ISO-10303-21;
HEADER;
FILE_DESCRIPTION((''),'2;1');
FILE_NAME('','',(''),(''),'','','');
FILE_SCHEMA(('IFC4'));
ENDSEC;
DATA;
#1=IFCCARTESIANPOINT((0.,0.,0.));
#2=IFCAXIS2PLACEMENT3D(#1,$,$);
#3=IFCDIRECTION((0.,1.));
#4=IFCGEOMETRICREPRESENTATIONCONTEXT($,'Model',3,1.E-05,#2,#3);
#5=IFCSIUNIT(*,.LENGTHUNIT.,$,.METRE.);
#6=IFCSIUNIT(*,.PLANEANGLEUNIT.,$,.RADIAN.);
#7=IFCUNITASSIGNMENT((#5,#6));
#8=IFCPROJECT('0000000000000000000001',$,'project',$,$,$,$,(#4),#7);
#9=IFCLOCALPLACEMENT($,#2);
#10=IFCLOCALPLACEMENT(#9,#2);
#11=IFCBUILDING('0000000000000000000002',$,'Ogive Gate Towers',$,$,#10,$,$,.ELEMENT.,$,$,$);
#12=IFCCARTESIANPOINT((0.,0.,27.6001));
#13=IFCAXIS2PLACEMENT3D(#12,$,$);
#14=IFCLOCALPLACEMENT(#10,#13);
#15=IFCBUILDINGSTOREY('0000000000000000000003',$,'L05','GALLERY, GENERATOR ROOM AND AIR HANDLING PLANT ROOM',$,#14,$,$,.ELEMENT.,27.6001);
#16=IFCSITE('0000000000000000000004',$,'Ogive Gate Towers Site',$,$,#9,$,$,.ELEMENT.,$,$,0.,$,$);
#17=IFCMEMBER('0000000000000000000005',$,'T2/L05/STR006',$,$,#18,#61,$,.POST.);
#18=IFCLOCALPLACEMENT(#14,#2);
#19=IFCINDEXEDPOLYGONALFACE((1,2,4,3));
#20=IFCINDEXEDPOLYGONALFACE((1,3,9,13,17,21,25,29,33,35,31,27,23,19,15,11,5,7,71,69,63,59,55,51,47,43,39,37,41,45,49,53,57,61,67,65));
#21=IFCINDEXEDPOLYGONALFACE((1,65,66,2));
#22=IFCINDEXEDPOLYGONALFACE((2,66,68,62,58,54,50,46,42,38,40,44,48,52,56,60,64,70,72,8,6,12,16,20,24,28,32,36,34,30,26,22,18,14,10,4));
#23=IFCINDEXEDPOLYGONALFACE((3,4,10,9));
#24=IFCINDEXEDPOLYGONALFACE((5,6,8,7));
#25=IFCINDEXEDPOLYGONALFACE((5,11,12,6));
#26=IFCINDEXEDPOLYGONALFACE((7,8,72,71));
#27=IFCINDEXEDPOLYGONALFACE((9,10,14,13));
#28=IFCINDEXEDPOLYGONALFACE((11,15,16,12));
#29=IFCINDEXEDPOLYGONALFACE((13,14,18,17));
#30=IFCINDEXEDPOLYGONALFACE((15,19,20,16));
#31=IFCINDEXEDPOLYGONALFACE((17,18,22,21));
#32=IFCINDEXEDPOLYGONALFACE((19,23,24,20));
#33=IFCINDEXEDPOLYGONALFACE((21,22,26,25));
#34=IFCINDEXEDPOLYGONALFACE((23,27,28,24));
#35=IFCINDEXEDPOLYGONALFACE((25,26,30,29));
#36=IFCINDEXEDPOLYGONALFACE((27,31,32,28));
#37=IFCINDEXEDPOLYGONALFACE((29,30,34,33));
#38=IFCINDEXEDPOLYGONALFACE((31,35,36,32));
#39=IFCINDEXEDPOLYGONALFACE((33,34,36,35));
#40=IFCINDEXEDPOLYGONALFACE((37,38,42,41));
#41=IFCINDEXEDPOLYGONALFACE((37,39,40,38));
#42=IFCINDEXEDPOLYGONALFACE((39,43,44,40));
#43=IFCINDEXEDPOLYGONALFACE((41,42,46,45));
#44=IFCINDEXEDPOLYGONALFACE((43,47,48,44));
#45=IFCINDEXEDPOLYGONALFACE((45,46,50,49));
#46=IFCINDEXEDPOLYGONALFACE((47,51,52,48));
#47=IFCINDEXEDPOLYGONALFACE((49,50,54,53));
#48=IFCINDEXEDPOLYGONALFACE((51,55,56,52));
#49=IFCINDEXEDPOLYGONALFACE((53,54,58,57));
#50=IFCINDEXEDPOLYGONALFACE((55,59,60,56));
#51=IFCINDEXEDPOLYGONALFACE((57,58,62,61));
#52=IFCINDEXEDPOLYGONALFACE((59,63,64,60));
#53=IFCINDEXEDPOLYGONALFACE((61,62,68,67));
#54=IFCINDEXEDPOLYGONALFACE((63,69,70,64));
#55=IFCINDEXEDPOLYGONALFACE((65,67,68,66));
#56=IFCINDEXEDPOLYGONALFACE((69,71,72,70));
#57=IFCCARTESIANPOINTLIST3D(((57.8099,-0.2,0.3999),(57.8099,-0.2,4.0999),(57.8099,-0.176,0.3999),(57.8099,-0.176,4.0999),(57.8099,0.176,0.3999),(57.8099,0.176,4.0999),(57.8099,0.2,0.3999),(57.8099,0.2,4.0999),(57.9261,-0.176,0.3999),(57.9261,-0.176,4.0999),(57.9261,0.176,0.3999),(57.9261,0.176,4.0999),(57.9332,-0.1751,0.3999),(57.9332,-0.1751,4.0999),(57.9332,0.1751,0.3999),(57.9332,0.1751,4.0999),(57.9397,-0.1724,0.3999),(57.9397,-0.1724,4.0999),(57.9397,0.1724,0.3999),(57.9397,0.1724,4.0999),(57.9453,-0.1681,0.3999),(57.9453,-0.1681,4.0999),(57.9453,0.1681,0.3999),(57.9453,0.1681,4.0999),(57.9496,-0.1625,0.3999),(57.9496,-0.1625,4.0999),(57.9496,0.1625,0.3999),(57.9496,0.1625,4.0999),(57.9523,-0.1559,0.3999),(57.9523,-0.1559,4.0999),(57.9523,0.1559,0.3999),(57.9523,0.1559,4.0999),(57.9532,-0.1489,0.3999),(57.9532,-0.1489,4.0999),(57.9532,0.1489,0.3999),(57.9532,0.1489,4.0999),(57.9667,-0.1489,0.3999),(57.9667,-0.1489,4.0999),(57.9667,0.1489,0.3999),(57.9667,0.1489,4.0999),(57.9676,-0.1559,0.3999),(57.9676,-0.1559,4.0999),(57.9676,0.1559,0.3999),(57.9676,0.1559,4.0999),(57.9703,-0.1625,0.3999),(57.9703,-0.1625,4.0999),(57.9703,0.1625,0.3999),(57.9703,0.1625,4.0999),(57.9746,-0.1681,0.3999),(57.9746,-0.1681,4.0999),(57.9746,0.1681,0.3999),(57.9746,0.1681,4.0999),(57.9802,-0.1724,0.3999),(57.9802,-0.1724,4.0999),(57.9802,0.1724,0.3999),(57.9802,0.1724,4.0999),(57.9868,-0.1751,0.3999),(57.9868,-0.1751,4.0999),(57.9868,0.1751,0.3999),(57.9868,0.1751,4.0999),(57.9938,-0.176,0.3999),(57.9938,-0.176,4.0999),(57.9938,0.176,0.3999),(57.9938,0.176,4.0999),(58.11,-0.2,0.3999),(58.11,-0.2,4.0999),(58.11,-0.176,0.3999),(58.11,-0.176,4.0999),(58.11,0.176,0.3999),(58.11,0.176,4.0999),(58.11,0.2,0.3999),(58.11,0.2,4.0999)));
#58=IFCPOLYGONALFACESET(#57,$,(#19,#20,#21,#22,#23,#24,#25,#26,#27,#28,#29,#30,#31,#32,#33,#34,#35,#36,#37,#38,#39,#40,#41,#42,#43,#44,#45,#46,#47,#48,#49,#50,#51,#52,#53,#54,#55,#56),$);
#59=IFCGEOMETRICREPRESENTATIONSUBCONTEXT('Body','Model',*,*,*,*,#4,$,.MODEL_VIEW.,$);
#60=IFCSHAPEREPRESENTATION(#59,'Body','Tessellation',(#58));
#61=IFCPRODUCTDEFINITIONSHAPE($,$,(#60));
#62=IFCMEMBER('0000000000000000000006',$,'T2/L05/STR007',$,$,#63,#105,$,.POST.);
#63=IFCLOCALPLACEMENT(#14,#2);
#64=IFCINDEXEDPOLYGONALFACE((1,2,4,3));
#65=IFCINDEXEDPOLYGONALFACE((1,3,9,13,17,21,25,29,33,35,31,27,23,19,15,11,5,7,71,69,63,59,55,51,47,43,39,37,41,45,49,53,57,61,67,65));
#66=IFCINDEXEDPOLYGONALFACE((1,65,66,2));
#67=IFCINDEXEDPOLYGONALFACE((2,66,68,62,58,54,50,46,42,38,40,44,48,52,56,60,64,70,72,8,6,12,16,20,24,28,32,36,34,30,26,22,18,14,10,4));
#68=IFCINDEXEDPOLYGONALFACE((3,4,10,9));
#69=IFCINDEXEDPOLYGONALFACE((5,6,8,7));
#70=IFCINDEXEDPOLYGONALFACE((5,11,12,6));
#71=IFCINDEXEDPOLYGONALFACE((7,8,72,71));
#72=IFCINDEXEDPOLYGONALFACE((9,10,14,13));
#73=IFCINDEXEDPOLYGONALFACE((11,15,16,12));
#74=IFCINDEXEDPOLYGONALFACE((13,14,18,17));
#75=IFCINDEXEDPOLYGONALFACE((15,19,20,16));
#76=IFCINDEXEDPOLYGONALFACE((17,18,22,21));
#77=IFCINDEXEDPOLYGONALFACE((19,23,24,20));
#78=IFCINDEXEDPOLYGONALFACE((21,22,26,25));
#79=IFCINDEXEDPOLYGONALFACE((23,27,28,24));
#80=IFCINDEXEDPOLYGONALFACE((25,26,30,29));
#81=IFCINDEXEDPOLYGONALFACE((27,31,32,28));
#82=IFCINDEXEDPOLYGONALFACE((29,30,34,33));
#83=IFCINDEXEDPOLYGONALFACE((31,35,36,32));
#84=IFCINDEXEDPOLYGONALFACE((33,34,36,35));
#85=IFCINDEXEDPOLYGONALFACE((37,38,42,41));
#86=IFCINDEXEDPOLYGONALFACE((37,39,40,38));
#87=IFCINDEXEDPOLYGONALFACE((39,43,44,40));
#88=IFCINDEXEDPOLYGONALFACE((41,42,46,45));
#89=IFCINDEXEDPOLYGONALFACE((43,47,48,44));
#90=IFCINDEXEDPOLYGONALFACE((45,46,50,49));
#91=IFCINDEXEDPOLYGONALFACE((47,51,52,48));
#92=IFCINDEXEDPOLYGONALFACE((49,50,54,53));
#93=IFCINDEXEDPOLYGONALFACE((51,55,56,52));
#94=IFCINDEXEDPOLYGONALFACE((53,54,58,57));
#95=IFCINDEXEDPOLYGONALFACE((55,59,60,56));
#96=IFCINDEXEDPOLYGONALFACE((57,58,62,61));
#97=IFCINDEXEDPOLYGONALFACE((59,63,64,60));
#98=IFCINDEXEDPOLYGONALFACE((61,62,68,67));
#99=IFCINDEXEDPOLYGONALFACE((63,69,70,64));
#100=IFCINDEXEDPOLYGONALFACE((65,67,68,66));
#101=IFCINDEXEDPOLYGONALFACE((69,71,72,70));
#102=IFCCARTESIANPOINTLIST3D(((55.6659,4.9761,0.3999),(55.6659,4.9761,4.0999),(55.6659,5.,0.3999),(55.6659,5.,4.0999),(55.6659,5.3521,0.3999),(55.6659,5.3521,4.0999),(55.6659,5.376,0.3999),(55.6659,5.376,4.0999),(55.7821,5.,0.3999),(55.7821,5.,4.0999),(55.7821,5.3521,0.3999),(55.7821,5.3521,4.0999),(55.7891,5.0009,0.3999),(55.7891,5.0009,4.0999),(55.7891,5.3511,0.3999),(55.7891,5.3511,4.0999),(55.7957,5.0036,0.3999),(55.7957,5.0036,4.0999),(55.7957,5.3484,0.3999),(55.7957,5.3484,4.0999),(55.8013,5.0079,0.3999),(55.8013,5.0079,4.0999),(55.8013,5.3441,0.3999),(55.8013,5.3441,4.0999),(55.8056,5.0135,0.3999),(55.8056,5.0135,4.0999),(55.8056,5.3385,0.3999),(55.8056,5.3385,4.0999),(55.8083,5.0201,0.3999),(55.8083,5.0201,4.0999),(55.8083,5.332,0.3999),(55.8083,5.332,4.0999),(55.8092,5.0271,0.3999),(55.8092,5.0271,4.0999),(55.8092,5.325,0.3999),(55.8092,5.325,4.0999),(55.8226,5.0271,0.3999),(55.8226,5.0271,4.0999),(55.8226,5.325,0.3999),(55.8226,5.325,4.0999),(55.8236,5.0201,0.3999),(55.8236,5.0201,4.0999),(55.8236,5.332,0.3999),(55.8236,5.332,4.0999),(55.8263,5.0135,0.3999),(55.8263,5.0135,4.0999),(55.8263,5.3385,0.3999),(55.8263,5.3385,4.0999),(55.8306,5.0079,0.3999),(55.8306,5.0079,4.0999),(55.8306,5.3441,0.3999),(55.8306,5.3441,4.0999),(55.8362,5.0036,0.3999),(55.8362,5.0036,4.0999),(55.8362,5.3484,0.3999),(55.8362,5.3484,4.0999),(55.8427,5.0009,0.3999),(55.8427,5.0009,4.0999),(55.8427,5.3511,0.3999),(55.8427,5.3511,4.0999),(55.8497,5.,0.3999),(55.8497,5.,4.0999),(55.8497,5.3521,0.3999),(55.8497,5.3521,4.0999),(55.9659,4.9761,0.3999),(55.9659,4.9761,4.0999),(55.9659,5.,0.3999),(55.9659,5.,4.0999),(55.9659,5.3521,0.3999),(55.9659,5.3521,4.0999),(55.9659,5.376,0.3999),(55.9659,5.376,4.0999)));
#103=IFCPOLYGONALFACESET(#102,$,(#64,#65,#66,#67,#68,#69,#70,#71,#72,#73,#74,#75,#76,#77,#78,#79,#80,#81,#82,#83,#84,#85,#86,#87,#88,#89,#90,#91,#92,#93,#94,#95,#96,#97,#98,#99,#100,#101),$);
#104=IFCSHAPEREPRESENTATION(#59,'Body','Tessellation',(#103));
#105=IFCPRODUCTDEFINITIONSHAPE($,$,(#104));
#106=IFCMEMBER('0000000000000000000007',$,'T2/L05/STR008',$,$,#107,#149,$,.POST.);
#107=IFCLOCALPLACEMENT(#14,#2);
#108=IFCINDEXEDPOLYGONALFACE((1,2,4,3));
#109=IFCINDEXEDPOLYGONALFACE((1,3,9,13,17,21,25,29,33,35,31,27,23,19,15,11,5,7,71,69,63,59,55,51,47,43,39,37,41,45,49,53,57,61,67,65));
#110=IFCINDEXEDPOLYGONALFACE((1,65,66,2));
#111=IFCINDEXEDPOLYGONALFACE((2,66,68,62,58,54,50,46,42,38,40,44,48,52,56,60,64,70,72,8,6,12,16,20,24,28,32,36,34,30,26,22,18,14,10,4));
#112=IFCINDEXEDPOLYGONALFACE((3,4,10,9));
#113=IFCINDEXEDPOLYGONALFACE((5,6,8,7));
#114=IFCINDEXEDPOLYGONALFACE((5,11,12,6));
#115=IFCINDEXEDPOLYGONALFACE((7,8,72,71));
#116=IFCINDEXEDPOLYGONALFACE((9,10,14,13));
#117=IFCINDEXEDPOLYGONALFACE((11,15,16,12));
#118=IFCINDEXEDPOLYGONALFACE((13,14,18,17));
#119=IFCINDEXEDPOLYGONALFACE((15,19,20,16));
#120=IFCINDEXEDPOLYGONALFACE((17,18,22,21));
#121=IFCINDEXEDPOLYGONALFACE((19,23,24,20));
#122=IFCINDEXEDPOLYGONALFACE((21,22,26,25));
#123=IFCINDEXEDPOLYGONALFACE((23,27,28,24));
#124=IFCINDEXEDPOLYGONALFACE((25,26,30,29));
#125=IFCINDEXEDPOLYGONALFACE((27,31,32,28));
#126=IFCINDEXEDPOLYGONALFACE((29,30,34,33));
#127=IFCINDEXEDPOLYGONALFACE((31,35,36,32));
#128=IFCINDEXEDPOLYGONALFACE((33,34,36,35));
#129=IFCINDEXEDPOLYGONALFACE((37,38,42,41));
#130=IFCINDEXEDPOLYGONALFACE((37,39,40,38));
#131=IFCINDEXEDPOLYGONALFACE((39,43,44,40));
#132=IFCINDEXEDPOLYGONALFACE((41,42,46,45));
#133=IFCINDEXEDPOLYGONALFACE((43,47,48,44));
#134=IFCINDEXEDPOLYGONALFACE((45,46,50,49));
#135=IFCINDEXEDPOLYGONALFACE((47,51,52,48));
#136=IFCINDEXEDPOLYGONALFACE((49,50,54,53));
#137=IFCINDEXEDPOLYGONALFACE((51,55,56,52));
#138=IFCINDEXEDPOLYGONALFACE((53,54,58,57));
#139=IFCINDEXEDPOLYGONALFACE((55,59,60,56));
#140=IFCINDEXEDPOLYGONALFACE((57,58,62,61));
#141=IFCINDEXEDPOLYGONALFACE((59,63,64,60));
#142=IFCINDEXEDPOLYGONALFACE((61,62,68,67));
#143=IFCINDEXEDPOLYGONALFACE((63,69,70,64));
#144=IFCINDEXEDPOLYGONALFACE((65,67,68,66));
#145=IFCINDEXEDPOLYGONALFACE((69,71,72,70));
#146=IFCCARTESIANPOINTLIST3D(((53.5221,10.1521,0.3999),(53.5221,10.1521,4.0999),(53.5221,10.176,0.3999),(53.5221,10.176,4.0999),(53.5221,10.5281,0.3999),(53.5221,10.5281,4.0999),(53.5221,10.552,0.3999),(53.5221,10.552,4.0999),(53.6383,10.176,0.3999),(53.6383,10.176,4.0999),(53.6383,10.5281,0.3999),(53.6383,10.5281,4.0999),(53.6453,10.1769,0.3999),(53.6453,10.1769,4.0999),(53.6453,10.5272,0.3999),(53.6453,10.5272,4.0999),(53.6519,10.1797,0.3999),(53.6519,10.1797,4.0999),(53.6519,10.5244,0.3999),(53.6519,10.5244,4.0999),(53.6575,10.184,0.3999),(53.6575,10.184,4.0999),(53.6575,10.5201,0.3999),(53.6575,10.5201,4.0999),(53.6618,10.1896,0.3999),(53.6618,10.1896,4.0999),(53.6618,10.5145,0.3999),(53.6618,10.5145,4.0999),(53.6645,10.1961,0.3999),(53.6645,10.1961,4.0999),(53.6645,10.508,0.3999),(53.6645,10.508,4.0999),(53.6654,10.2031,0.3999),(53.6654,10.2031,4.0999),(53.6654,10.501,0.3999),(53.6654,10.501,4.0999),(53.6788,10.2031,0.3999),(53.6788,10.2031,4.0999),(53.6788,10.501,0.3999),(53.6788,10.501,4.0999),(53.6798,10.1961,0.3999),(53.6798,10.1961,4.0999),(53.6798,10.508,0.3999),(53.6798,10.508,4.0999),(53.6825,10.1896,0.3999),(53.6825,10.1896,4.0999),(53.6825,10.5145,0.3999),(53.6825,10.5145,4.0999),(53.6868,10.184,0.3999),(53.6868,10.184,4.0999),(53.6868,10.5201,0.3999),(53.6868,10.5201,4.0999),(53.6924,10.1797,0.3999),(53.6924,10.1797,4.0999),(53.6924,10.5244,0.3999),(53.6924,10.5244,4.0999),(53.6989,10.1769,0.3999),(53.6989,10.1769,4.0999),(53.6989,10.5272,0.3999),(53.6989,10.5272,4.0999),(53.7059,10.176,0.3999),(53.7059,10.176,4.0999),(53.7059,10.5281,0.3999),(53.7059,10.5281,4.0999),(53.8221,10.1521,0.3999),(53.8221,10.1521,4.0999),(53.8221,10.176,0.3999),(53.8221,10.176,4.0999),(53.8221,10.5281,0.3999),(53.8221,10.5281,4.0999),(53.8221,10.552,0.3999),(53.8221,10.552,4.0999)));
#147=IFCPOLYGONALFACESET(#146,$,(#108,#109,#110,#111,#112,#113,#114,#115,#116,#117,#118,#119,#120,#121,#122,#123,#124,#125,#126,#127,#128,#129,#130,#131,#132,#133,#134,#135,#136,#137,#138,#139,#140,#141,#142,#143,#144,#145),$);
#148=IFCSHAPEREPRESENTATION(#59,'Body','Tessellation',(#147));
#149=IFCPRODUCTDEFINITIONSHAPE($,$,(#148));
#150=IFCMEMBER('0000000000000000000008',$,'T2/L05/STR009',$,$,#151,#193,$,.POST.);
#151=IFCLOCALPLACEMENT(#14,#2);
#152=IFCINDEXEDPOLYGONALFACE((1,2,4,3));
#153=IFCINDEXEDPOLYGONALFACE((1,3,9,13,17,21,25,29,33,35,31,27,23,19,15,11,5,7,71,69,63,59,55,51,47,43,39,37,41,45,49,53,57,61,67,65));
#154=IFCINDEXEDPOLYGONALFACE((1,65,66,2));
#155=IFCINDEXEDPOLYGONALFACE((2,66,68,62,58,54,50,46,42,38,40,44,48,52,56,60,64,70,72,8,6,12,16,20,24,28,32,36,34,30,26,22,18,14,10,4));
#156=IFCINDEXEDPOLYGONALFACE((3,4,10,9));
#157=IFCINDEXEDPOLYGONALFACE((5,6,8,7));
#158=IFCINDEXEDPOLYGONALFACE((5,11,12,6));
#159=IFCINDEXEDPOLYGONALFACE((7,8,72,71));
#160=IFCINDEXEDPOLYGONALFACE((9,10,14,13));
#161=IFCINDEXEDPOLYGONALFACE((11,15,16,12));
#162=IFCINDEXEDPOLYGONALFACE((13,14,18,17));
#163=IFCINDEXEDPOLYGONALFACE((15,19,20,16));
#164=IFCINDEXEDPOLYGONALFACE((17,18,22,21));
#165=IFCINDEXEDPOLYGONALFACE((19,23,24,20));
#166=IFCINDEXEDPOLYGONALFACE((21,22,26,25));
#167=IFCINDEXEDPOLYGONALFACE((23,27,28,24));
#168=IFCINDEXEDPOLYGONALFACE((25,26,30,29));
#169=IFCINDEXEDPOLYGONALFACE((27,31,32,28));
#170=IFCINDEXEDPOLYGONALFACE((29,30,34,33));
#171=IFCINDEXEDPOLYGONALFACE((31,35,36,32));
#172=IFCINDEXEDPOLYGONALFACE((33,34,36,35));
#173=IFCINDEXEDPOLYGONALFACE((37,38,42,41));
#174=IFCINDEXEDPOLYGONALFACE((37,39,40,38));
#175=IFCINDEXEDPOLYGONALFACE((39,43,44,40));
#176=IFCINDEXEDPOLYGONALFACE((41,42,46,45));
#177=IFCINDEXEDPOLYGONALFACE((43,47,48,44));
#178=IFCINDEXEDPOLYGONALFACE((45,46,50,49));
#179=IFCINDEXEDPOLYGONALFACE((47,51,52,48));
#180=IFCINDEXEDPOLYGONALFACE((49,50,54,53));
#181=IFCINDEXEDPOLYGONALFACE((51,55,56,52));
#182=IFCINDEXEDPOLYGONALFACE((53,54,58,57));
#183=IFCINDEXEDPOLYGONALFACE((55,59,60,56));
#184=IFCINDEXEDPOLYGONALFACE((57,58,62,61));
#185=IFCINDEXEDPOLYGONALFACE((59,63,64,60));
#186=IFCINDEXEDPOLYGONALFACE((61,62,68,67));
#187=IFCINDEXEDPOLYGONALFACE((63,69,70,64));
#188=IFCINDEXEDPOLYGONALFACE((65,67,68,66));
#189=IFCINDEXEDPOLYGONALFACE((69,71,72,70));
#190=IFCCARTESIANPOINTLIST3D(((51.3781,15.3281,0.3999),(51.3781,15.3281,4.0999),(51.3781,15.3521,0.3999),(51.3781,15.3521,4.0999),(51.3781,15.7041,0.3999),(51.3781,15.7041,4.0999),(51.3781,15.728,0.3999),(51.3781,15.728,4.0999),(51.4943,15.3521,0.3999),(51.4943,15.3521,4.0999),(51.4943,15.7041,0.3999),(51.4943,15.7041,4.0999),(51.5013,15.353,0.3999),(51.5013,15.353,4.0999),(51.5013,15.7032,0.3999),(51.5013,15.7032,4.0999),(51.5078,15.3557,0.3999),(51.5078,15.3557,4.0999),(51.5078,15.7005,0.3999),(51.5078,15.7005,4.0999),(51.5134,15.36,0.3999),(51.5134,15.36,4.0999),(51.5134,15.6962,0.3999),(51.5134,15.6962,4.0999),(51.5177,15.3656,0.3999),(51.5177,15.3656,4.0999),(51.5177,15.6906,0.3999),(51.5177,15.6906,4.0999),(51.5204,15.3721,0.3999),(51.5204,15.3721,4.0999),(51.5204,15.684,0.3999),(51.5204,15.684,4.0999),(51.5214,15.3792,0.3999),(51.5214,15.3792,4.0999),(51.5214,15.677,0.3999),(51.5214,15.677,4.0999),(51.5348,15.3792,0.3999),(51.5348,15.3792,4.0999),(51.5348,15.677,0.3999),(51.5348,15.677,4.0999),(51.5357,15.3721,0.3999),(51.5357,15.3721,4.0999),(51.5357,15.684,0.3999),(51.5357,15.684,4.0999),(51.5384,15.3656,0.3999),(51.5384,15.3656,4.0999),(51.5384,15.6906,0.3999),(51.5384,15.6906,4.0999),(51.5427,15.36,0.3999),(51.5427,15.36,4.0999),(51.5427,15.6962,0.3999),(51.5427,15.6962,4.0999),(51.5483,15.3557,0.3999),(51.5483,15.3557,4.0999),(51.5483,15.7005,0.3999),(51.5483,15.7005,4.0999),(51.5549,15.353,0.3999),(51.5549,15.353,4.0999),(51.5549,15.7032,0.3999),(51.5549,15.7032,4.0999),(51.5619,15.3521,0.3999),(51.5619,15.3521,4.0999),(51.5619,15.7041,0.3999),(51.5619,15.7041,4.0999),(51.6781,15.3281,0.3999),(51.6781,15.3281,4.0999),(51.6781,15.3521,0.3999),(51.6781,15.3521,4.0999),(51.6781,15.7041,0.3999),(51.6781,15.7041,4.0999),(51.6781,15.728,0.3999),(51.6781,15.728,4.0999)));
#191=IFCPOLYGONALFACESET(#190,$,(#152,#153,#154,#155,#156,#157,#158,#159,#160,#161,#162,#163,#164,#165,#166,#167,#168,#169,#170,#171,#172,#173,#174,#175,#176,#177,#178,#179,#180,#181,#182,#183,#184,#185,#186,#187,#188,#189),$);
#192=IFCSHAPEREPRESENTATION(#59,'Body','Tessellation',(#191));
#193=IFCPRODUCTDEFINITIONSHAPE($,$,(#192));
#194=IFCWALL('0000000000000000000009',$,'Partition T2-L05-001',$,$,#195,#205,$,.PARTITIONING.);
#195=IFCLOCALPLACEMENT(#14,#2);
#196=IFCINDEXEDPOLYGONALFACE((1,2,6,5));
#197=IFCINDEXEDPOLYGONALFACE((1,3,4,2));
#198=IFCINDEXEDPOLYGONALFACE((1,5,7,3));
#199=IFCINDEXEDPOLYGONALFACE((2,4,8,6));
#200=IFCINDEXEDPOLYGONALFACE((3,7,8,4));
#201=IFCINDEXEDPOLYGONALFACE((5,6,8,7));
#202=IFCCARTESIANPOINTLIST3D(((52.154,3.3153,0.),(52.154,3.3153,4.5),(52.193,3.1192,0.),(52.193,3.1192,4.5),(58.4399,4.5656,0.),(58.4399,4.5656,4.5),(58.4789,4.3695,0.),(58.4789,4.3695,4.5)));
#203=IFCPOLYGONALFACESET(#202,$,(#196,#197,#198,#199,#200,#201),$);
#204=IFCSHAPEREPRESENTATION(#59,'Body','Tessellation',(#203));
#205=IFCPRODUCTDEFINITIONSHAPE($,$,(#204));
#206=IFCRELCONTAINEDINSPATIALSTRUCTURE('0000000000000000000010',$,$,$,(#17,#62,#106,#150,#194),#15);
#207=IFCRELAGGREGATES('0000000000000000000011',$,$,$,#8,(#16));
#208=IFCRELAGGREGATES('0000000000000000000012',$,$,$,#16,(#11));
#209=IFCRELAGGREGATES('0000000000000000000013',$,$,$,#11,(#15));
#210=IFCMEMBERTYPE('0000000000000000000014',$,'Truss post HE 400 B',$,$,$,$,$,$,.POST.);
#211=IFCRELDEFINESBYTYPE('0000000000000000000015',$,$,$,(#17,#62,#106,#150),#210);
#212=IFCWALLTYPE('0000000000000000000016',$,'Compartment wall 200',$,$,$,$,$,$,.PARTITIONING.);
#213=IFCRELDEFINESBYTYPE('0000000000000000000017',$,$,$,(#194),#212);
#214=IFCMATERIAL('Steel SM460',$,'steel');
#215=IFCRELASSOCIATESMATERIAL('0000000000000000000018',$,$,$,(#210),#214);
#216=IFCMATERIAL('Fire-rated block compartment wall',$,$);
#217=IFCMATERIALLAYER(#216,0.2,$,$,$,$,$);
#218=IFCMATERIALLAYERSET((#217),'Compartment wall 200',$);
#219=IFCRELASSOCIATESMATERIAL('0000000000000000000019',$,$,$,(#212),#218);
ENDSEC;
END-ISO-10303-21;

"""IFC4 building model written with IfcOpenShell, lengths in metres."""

from ifc_helpers import new_model, si_unit, direction, frame, frame_2d, origin, origin_2d, place, context, subcontext, project, spatial, rectangle, i_section, extrude, material, layer, layer_set, material_profile, profile_set, type_object, element, save


model = new_model("IFC4")

# Units and contexts
model_context = context("Model", 3, precision=1e-05, world=origin(), true_north=direction((0.0, 1.0)))
body_context = subcontext(model_context, "Body", "Model", "MODEL_VIEW")
ifc_project = project(units=[si_unit("LENGTHUNIT", "METRE"), si_unit("PLANEANGLEUNIT", "RADIAN")], contexts=[model_context])

# Site, building, storey
site_placement = place(None, origin())
site = spatial("IfcSite", under=ifc_project, at=site_placement, Name="Ogive Gate Towers Site", CompositionType="ELEMENT", RefElevation=0.0)
building_placement = place(site_placement, origin())
building = spatial("IfcBuilding", under=site, at=building_placement, Name="Ogive Gate Towers", CompositionType="ELEMENT")
storey_placement = place(building_placement, frame((0.0, 0.0, 27.6001)))
storey = spatial("IfcBuildingStorey", under=building, at=storey_placement, Name="L05", Description="GALLERY, GENERATOR ROOM AND AIR HANDLING PLANT ROOM", CompositionType="ELEMENT", Elevation=27.6001)

# Shared definitions
ifc_material_1 = material(Name="Steel SM460", Category="steel")

# Members
ifc_material_profile_1 = material_profile(ifc_material_1, i_section(OverallWidth=0.3, OverallDepth=0.3999, WebThickness=0.0134, FlangeThickness=0.0239, FilletRadius=0.0271, at=origin_2d()), Name="HE 400 B")
ifc_profile_set_1 = profile_set([ifc_material_profile_1], Name="Steel SM460")
member_type_1 = type_object("IfcMemberType", Name="Truss post HE 400 B", PredefinedType="POST", material=ifc_profile_set_1)
for number, where, z_axis, x_axis, name in (
    (1, (57.96, 0.0, 0.3999), (0.0, 0.0, 1.0), (1.0, 0.0, 0.0), "T2/L05/STR006"),
    (2, (55.8159, 5.176, 0.3999), (0.0, 0.0, 1.0), (1.0, 0.0, 0.0), "T2/L05/STR007"),
    (3, (53.6721, 10.3521, 0.3999), (0.0, 0.0, 1.0), (1.0, 0.0, 0.0), "T2/L05/STR008"),
    (4, (51.5281, 15.5281, 0.3999), (0.0, 0.0, 1.0), (1.0, 0.0, 0.0), "T2/L05/STR009"),
):
    element("IfcMember", number, at=place(storey_placement, frame(where, z_axis=z_axis, x_axis=x_axis)), inside=storey, type_object=member_type_1, Name=name, PredefinedType="POST", context=body_context, shape_type="SweptSolid", body=[
        extrude(i_section(OverallWidth=0.3, OverallDepth=0.3999, WebThickness=0.0134, FlangeThickness=0.0239, FilletRadius=0.0271, at=origin_2d()), origin(), (0.0, 0.0, 1.0), 3.7),
    ])

# Wall
ifc_material_2 = material(Name="Fire-rated block compartment wall")
ifc_layer_1 = layer(ifc_material_2, 0.2)
ifc_layer_set_1 = layer_set([ifc_layer_1], Name="Compartment wall 200")
wall_type_1 = type_object("IfcWallType", Name="Compartment wall 200", PredefinedType="PARTITIONING", material=ifc_layer_set_1)
wall_1_placement = place(storey_placement, frame((58.4595, 4.4675, 0.0), z_axis=(0.0, 0.0, 1.0), x_axis=(-0.980788, -0.195076, 0.0)))
element("IfcWall", 5, at=wall_1_placement, inside=storey, type_object=wall_type_1, Name="Partition T2-L05-001", PredefinedType="PARTITIONING", context=body_context, shape_type="SweptSolid", body=[
    extrude(rectangle(XDim=6.4089, YDim=0.2, at=frame_2d((3.2046, 0.0))), origin(), (0.0, 0.0, 1.0), 4.5),
])

save(model, "model.ifc")
